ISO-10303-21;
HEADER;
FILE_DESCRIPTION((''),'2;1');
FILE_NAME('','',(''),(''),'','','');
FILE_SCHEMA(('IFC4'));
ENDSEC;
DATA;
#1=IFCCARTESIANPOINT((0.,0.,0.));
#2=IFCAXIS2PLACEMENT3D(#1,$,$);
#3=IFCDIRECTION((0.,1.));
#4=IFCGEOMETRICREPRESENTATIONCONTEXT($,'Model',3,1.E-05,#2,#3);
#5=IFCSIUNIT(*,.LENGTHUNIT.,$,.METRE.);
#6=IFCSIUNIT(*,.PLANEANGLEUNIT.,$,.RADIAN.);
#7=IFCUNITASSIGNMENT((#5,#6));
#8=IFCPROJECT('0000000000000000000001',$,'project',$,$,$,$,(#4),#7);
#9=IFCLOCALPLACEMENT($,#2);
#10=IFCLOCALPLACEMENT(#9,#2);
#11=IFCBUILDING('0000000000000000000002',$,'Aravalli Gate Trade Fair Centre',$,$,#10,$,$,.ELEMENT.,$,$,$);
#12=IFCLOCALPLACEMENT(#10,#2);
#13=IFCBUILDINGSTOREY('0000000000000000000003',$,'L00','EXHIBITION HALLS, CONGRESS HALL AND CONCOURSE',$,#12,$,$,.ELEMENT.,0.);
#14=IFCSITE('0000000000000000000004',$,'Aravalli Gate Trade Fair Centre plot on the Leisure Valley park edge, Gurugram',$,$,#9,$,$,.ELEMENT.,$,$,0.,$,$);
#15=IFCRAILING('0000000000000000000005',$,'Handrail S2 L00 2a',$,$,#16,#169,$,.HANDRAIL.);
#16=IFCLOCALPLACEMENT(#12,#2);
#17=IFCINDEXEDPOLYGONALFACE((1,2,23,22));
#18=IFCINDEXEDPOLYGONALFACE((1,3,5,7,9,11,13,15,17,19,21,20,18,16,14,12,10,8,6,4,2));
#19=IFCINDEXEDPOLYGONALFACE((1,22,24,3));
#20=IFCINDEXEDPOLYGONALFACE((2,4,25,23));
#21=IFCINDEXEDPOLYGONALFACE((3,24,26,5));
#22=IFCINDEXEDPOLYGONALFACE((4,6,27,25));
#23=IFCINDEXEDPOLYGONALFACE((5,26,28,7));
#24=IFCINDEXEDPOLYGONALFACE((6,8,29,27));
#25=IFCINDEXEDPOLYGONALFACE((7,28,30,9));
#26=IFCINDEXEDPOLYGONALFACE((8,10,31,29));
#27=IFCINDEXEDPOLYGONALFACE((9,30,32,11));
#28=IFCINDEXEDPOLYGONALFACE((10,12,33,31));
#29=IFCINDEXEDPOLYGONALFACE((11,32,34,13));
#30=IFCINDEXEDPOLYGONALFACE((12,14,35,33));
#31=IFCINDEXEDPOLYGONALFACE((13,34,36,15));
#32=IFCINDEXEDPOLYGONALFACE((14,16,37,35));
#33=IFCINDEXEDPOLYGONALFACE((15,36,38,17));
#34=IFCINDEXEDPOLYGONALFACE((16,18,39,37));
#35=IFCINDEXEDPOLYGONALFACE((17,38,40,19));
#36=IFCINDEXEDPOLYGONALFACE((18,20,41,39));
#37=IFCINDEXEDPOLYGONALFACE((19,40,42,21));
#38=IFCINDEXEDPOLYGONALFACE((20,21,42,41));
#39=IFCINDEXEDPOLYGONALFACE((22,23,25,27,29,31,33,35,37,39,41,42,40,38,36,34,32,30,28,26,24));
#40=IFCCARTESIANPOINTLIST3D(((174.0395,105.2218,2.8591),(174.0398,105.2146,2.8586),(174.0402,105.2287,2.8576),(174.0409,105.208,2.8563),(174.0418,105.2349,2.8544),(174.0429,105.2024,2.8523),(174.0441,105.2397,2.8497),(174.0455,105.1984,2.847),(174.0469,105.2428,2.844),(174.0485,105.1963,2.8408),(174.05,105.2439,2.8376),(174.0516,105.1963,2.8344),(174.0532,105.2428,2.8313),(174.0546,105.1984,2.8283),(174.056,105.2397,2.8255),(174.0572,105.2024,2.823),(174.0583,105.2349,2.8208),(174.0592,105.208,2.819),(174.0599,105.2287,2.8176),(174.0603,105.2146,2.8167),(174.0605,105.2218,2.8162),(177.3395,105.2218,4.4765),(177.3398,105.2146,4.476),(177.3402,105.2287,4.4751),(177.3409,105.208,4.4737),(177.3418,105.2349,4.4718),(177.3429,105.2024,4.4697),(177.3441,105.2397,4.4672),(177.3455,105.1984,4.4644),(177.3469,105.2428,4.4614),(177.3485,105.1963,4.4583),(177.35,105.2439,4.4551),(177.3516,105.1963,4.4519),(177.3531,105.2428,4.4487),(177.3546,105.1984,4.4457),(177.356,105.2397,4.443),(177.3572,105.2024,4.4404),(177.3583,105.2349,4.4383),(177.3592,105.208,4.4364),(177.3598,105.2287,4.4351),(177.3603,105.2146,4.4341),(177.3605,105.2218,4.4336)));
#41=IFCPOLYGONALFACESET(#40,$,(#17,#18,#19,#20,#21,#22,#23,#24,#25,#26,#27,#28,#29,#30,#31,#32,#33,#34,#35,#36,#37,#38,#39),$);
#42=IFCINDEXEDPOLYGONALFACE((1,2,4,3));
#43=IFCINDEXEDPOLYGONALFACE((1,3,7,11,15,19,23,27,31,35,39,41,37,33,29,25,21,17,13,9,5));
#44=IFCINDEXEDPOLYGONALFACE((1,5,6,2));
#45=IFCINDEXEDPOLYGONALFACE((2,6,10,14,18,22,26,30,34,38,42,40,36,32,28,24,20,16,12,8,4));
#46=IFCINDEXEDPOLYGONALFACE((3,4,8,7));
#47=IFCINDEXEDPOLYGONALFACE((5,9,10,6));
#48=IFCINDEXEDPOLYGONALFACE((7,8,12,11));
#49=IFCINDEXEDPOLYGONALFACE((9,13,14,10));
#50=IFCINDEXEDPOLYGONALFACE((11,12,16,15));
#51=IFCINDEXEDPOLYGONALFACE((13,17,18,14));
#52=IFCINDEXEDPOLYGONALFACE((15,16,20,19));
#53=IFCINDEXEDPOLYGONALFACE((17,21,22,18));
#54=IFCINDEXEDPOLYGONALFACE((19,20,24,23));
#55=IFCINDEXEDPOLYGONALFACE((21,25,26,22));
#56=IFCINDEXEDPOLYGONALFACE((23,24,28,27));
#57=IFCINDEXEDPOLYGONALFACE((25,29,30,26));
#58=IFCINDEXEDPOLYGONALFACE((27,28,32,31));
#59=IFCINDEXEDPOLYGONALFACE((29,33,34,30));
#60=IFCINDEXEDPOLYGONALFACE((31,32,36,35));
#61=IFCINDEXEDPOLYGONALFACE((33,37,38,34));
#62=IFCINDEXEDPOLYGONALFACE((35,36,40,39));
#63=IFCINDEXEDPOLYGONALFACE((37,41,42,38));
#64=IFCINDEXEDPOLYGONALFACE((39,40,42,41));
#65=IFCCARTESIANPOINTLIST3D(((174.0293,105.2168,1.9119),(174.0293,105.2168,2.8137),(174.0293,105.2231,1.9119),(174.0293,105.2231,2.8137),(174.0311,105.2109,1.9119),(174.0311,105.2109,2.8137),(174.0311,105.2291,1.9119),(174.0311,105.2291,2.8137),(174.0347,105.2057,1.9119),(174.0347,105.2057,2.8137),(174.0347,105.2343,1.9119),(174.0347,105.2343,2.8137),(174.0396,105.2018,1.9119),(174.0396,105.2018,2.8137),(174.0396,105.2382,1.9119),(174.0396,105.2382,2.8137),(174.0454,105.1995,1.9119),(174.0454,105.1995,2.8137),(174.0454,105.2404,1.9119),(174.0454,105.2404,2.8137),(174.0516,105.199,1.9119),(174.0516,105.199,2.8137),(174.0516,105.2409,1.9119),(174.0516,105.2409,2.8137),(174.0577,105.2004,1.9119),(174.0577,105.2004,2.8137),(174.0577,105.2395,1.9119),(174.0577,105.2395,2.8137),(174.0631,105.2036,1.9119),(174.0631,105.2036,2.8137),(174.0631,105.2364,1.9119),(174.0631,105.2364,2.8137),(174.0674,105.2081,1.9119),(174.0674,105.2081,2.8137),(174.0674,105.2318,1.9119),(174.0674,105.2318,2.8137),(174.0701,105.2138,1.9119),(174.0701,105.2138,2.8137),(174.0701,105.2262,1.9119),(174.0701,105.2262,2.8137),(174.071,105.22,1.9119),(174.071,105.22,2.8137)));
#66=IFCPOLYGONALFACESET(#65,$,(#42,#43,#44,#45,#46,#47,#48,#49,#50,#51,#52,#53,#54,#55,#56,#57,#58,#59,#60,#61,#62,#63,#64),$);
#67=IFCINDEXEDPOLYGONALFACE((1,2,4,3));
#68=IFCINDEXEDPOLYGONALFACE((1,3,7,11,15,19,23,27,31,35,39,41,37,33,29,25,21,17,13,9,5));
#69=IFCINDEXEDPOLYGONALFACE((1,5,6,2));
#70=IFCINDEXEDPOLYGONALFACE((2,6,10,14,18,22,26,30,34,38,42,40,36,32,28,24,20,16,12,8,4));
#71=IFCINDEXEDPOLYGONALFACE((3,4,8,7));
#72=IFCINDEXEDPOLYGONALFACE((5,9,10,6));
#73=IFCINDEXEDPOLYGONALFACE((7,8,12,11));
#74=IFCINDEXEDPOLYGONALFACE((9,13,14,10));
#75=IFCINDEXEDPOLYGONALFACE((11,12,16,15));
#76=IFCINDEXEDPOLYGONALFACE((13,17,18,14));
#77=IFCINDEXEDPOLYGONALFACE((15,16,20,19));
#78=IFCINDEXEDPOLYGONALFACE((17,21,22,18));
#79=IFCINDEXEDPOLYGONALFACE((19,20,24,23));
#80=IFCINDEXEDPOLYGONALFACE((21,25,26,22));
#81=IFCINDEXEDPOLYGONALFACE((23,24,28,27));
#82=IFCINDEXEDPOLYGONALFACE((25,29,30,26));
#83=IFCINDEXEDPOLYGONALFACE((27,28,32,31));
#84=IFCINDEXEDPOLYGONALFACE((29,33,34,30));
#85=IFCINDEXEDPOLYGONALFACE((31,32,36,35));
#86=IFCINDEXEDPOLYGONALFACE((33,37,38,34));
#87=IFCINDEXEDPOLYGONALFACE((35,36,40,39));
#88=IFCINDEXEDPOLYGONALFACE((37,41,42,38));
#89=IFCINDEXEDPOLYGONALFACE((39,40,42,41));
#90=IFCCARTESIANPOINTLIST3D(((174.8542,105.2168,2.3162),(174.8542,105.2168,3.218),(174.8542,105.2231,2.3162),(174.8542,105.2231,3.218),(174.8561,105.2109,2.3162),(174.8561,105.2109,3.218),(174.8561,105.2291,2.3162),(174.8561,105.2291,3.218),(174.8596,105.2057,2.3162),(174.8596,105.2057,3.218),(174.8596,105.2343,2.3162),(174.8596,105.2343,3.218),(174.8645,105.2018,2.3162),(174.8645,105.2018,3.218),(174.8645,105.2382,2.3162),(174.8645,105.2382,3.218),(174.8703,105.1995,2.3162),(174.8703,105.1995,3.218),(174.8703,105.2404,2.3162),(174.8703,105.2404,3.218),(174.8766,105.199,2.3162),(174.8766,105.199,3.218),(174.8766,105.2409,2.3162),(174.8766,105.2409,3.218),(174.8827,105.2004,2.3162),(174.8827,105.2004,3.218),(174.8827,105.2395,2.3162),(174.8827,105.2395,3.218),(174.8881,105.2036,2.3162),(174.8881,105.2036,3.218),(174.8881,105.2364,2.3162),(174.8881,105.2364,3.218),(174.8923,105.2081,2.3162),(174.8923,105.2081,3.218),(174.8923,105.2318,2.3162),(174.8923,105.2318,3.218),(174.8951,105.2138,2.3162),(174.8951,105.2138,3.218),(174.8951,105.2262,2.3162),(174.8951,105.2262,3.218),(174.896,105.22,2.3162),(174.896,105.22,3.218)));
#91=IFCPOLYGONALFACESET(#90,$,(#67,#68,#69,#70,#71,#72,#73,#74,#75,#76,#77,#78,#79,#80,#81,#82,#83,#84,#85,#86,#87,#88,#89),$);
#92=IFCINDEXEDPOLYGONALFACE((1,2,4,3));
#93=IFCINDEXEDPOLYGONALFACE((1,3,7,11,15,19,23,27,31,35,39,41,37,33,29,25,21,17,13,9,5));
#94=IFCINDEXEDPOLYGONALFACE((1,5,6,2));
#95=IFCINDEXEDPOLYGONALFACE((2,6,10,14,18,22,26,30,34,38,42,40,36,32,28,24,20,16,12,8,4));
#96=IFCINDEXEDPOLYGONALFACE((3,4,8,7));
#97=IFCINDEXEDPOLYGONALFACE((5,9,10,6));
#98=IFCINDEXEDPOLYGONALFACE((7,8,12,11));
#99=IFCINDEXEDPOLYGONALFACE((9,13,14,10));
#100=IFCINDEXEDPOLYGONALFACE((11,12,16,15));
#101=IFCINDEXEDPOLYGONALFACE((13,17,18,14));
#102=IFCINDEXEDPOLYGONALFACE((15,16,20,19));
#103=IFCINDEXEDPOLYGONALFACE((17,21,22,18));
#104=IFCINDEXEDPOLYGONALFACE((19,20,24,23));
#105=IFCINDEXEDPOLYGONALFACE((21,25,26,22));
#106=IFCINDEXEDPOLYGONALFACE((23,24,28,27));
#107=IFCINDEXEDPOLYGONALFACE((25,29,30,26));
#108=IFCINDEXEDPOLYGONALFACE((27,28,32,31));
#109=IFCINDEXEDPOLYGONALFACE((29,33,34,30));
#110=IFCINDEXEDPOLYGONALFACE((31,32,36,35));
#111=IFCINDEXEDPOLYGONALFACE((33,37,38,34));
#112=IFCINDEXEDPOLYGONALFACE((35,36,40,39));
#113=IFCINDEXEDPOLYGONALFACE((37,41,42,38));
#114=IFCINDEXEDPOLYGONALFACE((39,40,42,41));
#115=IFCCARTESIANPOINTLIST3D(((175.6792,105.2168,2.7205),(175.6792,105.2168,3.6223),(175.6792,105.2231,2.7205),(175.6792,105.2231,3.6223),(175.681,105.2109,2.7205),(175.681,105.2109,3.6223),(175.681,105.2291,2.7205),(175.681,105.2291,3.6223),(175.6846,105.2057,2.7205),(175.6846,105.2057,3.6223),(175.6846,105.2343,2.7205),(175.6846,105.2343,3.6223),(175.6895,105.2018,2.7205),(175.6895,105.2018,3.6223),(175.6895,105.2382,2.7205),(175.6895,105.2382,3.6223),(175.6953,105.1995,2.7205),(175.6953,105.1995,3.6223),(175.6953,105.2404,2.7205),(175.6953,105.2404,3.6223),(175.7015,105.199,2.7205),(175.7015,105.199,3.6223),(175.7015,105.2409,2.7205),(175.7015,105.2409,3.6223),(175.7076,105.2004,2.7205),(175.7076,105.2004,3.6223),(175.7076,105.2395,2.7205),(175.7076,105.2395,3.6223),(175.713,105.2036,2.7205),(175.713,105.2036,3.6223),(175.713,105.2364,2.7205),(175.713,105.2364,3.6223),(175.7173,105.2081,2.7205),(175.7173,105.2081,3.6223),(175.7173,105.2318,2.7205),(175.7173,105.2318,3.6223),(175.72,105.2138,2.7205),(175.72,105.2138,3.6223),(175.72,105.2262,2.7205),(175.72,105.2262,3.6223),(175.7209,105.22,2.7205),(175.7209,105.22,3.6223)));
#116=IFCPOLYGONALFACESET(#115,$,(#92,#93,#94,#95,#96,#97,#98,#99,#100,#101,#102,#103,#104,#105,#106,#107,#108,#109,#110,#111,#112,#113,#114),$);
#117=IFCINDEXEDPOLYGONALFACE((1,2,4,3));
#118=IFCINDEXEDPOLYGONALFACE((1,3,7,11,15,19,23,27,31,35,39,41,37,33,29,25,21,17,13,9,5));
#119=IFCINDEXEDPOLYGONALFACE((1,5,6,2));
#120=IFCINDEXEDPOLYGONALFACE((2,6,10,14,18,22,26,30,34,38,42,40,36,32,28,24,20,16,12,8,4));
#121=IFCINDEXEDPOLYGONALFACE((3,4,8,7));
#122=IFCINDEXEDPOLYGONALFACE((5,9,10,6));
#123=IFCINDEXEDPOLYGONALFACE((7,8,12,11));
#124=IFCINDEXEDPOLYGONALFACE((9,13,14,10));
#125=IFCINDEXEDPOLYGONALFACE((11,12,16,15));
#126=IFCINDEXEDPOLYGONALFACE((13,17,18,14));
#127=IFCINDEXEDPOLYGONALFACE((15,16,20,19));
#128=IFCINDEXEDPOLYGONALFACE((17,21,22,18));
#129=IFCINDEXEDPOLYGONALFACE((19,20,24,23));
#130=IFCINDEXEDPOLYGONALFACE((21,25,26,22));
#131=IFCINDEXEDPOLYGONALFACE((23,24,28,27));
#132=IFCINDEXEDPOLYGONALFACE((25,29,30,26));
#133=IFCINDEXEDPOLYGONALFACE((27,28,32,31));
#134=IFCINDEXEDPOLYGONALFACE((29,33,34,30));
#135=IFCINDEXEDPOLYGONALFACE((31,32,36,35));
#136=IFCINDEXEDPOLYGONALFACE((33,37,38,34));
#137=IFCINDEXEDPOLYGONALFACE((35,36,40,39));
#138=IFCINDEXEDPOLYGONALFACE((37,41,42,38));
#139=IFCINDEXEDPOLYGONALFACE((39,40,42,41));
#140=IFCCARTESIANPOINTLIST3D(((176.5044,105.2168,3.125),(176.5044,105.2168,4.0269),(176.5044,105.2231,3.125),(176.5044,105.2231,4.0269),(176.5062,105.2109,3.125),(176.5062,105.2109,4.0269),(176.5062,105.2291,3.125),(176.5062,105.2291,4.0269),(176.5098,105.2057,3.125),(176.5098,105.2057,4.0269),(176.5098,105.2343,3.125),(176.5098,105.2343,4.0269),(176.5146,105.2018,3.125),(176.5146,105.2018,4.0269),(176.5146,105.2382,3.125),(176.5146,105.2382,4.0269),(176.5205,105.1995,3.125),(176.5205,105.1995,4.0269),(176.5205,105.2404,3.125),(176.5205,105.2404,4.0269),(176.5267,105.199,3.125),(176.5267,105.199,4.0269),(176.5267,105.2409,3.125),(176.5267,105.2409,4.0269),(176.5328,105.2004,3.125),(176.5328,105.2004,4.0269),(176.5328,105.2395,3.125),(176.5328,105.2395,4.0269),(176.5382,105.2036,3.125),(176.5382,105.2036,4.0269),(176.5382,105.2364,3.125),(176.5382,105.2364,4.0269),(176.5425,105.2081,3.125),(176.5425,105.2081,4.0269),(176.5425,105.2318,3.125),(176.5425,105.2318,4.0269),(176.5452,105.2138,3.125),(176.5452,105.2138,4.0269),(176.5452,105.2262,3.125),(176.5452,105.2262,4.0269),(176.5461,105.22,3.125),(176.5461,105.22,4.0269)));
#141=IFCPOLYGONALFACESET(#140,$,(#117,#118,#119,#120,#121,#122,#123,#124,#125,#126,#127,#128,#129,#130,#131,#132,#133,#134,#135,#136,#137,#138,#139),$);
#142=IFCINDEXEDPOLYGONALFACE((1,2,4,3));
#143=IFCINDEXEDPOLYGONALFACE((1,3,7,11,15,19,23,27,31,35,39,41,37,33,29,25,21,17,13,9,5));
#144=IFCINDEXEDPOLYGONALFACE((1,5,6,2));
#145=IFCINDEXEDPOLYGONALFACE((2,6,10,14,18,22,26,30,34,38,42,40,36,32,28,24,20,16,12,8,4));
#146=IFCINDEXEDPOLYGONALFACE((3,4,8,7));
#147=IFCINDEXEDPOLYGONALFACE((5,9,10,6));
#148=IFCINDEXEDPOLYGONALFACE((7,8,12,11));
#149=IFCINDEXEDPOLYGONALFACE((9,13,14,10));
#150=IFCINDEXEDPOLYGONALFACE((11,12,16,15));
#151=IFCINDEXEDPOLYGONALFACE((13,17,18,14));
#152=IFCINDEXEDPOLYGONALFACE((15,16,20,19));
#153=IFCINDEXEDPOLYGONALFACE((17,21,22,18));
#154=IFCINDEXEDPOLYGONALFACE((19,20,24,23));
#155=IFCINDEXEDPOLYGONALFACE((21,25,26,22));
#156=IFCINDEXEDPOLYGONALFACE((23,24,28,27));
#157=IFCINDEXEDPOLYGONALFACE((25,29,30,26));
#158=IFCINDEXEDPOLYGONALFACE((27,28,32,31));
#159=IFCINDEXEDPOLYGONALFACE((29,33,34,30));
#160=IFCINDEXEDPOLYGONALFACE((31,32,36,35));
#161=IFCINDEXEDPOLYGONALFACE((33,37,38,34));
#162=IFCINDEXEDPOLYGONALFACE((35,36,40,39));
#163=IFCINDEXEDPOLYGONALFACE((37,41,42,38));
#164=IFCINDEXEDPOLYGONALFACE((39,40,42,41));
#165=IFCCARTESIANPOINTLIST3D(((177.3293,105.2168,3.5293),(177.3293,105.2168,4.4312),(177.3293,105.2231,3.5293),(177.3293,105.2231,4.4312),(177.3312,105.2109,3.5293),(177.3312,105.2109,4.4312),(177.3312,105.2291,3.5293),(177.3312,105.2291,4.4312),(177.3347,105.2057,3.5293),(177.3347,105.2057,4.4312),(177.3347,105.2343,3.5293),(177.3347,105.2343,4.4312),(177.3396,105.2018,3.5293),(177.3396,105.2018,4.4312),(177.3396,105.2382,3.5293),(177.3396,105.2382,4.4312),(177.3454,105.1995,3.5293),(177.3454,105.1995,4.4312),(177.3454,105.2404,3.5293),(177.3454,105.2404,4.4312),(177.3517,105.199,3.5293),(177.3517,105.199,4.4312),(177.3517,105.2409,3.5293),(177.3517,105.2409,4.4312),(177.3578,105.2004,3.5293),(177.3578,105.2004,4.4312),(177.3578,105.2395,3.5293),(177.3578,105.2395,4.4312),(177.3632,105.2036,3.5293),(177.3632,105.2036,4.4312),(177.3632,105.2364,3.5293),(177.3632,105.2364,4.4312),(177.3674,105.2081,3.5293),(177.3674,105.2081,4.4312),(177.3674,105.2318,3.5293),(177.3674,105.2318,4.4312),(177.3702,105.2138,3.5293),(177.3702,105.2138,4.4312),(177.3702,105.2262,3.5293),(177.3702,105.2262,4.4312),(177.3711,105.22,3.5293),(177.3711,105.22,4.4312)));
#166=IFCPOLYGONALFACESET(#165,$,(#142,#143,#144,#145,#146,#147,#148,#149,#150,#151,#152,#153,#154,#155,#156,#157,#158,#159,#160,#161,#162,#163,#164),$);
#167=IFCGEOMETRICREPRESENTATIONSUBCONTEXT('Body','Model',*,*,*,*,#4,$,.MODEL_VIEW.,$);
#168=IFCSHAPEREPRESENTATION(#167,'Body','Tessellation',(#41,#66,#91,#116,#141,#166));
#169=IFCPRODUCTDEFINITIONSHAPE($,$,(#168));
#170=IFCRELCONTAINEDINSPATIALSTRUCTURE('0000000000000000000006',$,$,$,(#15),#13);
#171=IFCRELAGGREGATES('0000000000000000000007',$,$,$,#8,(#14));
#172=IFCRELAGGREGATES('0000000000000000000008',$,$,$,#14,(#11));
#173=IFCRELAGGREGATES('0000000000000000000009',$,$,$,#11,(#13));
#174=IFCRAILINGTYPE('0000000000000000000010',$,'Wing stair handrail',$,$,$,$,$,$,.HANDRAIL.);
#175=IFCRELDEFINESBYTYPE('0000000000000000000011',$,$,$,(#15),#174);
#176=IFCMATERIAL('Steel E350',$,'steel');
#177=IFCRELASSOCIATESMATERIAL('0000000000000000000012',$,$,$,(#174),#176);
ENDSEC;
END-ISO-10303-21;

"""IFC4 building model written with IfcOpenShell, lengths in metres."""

from ifc_helpers import new_model, si_unit, direction, frame, origin, origin_2d, place, context, subcontext, project, spatial, circle, extrude, material, type_object, element, save


model = new_model("IFC4")

# Units and contexts
model_context = context("Model", 3, precision=1e-05, world=origin(), true_north=direction((0.0, 1.0)))
body_context = subcontext(model_context, "Body", "Model", "MODEL_VIEW")
ifc_project = project(units=[si_unit("LENGTHUNIT", "METRE"), si_unit("PLANEANGLEUNIT", "RADIAN")], contexts=[model_context])

# Site, building, storey
site_placement = place(None, origin())
site = spatial("IfcSite", under=ifc_project, at=site_placement, Name="Aravalli Gate Trade Fair Centre plot on the Leisure Valley park edge, Gurugram", CompositionType="ELEMENT", RefElevation=0.0)
building_placement = place(site_placement, origin())
building = spatial("IfcBuilding", under=site, at=building_placement, Name="Aravalli Gate Trade Fair Centre", CompositionType="ELEMENT")
storey_placement = place(building_placement, origin())
storey = spatial("IfcBuildingStorey", under=building, at=storey_placement, Name="L00", Description="EXHIBITION HALLS, CONGRESS HALL AND CONCOURSE", CompositionType="ELEMENT", Elevation=0.0)

# Shared definitions
ifc_material_1 = material(Name="Steel E350", Category="steel")

# Railing
railing_type = type_object("IfcRailingType", Name="Wing stair handrail", PredefinedType="HANDRAIL", material=ifc_material_1)
for number, where, name in (
    (1, (174.05, 105.22, 1.9119), "Handrail S2 L00 2a"),
):
    element("IfcRailing", number, at=place(storey_placement, frame(where)), inside=storey, type_object=railing_type, Name=name, PredefinedType="HANDRAIL", context=body_context, shape_type="SweptSolid", body=[
        extrude(circle(Radius=0.0239, at=origin_2d()), frame((0.0, 0.0, 0.9258), z_axis=(0.897946, 0.0, 0.440105), x_axis=(0.0, 1.0, 0.0)), (0.0, 0.0, 1.0), 3.675),
        extrude(circle(Radius=0.021, at=origin_2d()), origin(), (0.0, 0.0, 1.0), 0.9019),
        extrude(circle(Radius=0.021, at=origin_2d()), frame((0.825, 0.0, 0.4043)), (0.0, 0.0, 1.0), 0.9019),
        extrude(circle(Radius=0.021, at=origin_2d()), frame((1.6499, 0.0, 0.8086)), (0.0, 0.0, 1.0), 0.9019),
        extrude(circle(Radius=0.021, at=origin_2d()), frame((2.4751, 0.0, 1.2131)), (0.0, 0.0, 1.0), 0.9019),
        extrude(circle(Radius=0.021, at=origin_2d()), frame((3.3, 0.0, 1.6174)), (0.0, 0.0, 1.0), 0.9019),
    ])

save(model, "model.ifc")
